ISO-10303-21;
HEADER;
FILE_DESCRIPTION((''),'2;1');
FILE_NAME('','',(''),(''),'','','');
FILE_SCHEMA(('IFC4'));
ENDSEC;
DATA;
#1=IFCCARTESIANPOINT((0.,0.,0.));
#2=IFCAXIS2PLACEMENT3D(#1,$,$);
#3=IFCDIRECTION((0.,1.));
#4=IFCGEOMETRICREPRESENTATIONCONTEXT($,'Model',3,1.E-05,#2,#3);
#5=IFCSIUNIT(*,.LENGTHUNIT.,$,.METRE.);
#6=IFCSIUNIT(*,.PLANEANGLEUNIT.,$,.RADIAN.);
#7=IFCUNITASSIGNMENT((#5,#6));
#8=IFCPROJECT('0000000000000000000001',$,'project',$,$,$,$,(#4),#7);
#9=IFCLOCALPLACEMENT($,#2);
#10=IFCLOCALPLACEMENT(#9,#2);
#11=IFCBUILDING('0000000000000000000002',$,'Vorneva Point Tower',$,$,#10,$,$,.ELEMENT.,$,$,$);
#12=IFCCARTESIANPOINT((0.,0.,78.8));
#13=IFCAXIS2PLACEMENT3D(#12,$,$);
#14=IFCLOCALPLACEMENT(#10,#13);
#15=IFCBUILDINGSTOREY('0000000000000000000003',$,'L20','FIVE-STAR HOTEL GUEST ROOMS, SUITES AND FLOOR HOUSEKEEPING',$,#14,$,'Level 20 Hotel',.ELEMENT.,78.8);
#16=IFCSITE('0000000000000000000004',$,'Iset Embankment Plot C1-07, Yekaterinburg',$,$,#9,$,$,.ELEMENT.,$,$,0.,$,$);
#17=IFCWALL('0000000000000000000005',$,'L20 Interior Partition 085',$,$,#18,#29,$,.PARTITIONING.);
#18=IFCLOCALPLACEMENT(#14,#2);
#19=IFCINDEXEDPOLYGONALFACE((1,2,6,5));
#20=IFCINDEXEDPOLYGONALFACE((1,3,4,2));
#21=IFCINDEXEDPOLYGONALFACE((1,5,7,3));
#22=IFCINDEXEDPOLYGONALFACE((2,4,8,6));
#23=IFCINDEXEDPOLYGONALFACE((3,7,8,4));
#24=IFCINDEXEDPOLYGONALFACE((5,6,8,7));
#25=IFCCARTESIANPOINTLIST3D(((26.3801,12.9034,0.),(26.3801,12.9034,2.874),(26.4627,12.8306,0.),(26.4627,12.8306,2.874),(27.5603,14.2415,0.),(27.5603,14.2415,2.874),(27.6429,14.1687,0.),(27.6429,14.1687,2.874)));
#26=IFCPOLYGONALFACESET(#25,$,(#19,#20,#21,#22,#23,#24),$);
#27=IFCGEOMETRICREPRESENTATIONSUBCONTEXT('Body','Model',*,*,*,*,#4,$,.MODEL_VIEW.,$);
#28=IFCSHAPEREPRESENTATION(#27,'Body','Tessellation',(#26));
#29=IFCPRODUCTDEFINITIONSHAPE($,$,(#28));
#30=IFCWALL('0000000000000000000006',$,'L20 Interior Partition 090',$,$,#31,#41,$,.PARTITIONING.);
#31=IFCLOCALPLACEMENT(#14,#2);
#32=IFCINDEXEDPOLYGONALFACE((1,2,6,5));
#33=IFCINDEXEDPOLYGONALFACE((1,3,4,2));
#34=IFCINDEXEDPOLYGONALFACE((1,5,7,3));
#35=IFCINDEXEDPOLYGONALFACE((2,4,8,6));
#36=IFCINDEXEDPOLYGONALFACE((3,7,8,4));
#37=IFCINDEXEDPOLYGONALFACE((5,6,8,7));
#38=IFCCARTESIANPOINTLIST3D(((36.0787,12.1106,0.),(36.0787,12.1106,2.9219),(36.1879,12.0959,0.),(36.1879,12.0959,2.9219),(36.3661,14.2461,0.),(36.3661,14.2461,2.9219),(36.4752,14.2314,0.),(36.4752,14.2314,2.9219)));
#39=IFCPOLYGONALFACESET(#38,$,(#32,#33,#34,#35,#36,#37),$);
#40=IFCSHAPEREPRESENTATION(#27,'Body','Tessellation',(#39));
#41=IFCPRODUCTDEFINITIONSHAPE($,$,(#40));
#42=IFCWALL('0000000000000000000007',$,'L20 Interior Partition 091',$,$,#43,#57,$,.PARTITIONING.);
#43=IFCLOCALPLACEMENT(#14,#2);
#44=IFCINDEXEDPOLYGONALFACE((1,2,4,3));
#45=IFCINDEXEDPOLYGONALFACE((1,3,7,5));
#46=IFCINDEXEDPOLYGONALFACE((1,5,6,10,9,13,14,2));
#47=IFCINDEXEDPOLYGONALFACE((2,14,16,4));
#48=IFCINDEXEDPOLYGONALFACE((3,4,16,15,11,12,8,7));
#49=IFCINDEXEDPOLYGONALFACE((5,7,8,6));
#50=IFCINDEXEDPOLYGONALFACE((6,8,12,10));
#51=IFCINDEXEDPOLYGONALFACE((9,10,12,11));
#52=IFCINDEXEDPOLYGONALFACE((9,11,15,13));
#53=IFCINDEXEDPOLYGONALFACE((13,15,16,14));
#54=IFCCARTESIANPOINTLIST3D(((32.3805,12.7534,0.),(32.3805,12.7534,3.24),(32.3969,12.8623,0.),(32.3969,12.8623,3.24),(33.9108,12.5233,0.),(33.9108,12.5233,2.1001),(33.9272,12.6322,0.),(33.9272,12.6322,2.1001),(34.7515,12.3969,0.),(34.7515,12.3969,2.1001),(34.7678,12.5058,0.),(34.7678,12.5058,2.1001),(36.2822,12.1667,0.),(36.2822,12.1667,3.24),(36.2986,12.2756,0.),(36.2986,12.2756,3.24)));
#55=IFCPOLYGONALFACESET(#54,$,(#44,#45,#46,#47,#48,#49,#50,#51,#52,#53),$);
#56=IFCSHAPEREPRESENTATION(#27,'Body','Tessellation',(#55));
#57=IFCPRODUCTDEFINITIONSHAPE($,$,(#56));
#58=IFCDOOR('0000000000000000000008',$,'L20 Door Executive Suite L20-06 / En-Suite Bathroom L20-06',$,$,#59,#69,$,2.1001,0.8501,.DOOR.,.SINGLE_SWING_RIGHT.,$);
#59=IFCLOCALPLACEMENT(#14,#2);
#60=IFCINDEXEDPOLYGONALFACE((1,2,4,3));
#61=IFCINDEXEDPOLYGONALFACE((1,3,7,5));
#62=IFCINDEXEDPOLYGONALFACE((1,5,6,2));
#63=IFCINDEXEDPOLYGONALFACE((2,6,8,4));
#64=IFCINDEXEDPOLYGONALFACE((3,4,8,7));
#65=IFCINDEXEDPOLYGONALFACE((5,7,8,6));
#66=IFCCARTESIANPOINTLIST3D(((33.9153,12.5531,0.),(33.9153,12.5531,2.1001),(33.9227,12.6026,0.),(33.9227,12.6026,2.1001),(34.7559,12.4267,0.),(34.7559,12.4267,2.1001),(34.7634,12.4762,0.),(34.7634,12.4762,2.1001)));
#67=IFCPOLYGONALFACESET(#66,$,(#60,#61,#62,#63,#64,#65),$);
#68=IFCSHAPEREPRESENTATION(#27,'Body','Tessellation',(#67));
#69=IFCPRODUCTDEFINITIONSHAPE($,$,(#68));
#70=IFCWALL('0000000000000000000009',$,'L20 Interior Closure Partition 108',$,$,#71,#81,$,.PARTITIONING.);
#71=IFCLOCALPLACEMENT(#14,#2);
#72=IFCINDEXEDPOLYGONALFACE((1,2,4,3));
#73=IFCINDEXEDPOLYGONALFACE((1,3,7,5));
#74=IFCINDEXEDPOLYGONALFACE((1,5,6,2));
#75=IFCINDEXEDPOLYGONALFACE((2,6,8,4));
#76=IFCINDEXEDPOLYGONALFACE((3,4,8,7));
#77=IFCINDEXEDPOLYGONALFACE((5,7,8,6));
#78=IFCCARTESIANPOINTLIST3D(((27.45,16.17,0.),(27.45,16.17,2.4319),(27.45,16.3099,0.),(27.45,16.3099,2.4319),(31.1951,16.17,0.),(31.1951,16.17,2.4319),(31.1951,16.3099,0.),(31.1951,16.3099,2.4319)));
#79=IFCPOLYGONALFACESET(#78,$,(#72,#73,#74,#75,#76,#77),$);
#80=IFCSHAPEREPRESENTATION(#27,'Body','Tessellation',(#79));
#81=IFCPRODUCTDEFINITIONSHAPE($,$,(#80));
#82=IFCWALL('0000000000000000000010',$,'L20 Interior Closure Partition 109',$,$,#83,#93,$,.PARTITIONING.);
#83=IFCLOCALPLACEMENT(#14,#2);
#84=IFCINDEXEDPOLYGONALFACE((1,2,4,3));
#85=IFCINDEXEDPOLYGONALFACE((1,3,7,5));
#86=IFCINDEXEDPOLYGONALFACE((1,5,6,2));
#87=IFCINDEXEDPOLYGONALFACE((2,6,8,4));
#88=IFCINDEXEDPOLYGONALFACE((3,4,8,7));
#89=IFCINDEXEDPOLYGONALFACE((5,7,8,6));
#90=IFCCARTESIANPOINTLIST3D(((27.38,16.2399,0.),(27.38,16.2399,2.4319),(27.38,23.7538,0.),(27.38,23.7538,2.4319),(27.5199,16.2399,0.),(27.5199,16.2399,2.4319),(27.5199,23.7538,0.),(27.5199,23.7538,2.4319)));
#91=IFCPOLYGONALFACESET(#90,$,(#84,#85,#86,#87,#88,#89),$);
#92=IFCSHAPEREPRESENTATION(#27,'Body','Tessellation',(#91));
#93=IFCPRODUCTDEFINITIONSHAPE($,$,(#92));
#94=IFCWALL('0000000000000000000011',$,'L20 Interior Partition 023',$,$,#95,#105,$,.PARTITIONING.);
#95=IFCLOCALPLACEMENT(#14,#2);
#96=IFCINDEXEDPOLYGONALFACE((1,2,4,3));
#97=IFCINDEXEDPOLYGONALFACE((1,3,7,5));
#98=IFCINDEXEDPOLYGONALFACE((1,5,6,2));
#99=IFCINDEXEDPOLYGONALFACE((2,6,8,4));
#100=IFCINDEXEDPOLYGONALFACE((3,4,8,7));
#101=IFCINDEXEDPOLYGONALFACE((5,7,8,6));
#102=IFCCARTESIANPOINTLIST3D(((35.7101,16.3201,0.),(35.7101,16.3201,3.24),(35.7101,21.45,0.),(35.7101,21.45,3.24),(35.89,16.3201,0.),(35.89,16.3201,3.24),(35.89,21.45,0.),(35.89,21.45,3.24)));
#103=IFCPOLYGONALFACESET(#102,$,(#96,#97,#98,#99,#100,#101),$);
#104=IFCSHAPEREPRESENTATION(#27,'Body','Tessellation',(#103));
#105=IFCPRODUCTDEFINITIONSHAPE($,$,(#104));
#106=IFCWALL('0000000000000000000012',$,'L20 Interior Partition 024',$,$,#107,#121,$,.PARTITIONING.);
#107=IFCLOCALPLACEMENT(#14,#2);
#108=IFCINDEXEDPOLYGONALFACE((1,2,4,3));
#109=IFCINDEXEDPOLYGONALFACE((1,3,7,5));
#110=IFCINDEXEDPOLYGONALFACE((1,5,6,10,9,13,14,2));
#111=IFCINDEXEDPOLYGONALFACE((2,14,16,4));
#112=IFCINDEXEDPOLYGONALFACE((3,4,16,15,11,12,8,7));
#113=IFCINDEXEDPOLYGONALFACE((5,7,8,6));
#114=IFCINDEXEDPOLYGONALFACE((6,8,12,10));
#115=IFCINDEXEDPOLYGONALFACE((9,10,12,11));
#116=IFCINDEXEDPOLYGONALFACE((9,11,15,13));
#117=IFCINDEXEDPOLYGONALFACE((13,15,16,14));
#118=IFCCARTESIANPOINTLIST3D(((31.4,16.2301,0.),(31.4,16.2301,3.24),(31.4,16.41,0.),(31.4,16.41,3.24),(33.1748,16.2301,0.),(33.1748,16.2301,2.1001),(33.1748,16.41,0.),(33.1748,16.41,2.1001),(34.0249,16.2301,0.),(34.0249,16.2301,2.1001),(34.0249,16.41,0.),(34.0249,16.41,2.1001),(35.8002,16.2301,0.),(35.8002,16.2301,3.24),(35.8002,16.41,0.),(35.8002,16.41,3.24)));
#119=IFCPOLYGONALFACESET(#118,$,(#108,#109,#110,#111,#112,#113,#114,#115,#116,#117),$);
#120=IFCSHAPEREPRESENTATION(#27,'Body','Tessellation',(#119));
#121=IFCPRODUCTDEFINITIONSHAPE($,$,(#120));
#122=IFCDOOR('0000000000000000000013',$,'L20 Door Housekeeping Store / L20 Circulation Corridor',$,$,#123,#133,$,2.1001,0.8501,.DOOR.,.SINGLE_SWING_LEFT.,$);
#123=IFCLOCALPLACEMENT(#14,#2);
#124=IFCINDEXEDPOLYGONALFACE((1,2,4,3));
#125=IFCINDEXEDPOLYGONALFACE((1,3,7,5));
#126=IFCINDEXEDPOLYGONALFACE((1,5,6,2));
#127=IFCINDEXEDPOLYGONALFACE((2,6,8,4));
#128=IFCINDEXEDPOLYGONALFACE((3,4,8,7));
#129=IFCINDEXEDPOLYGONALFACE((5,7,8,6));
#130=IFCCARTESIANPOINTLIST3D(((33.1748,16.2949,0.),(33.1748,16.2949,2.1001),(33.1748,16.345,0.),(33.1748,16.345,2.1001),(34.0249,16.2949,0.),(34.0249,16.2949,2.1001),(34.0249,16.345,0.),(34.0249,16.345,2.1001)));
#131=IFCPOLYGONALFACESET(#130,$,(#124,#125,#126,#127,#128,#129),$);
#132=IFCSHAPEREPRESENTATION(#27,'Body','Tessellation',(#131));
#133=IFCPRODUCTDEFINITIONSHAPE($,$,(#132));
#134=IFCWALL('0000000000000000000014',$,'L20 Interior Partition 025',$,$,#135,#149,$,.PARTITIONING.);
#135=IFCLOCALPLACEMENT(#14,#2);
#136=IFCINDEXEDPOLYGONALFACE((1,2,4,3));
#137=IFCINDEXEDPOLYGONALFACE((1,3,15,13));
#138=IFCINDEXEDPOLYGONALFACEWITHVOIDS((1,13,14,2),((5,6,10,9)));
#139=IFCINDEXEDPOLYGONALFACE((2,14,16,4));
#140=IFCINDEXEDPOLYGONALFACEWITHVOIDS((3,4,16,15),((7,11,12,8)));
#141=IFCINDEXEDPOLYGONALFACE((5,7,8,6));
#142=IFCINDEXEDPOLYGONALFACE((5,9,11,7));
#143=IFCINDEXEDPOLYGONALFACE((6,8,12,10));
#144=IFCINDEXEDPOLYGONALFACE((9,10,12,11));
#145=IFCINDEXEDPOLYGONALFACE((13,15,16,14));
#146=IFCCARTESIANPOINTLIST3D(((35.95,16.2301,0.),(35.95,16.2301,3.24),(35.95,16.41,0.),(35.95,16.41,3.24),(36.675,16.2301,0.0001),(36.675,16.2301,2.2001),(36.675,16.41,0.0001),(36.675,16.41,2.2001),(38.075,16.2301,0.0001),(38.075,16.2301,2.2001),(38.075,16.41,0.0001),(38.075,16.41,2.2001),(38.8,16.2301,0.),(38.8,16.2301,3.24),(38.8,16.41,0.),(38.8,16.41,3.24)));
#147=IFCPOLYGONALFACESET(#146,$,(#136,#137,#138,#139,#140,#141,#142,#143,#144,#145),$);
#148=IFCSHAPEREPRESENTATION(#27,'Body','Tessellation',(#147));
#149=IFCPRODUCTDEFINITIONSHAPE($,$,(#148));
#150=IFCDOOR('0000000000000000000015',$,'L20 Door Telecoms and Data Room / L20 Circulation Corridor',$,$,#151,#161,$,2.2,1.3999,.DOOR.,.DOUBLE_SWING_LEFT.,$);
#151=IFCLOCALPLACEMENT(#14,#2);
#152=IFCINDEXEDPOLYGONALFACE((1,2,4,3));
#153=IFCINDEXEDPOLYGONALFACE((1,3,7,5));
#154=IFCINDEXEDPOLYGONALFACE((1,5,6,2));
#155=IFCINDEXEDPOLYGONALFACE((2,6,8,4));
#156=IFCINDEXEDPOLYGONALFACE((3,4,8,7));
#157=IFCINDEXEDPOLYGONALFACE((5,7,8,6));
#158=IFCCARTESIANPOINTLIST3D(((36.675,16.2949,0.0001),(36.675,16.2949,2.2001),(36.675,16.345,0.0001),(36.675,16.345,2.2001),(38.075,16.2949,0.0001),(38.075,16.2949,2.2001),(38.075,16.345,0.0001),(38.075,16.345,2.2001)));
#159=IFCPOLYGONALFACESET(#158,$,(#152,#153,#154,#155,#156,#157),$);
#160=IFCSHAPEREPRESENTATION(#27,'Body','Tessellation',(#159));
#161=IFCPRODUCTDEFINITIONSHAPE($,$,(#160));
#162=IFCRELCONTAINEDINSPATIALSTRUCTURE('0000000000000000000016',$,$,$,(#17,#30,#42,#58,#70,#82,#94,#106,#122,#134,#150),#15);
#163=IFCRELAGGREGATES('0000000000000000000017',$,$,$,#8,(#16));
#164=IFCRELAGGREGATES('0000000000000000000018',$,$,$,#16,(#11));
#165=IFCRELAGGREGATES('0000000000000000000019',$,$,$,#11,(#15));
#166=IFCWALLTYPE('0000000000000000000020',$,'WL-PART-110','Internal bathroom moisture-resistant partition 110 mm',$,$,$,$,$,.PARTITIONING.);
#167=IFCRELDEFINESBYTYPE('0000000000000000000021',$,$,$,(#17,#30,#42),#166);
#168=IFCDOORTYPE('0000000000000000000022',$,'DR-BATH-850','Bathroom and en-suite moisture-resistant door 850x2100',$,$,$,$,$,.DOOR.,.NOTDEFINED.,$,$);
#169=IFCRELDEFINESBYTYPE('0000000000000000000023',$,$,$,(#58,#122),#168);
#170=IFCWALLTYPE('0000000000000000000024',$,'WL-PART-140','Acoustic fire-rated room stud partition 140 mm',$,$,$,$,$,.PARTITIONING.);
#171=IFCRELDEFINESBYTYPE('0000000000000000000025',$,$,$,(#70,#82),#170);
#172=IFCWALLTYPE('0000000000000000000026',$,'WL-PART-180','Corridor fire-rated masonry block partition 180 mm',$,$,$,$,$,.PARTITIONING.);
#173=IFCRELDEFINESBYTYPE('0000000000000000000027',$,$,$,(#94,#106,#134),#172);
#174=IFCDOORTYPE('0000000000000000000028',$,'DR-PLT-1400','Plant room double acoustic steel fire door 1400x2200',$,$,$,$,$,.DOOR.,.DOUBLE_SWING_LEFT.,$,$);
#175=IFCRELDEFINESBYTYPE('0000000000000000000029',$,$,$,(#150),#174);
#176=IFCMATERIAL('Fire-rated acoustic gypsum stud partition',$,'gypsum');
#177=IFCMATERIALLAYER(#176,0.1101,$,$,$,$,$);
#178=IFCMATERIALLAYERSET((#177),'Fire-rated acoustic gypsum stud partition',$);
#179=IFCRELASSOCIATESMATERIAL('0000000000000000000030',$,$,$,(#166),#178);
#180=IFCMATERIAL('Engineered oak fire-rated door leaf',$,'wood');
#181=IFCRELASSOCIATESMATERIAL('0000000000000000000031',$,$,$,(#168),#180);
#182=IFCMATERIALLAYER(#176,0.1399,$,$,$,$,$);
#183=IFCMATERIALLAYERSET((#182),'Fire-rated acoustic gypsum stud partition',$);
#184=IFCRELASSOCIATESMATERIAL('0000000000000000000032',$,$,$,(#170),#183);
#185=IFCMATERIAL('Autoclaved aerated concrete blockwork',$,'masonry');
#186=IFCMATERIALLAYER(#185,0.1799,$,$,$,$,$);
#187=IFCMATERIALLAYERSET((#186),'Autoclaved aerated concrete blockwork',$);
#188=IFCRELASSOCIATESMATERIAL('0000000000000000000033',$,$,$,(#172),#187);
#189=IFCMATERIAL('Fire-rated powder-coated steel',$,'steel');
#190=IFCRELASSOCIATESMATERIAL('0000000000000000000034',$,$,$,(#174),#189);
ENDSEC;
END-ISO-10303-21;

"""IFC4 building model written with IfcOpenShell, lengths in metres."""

from ifc_helpers import new_model, si_unit, direction, frame, frame_2d, origin, place, context, subcontext, project, spatial, rectangle, extrude, material, layer, layer_set, type_object, element, fill, save


model = new_model("IFC4")

# Units and contexts
model_context = context("Model", 3, precision=1e-05, world=origin(), true_north=direction((0.0, 1.0)))
body_context = subcontext(model_context, "Body", "Model", "MODEL_VIEW")
ifc_project = project(units=[si_unit("LENGTHUNIT", "METRE"), si_unit("PLANEANGLEUNIT", "RADIAN")], contexts=[model_context])

# Site, building, storey
site_placement = place(None, origin())
site = spatial("IfcSite", under=ifc_project, at=site_placement, Name="Iset Embankment Plot C1-07, Yekaterinburg", CompositionType="ELEMENT", RefElevation=0.0)
building_placement = place(site_placement, origin())
building = spatial("IfcBuilding", under=site, at=building_placement, Name="Vorneva Point Tower", CompositionType="ELEMENT")
storey_placement = place(building_placement, frame((0.0, 0.0, 78.8)))
storey = spatial("IfcBuildingStorey", under=building, at=storey_placement, Name="L20", Description="FIVE-STAR HOTEL GUEST ROOMS, SUITES AND FLOOR HOUSEKEEPING", LongName="Level 20 Hotel", CompositionType="ELEMENT", Elevation=78.8)

# Walls
ifc_material_1 = material(Name="Fire-rated acoustic gypsum stud partition", Category="gypsum")
ifc_layer_1 = layer(ifc_material_1, 0.1101)
ifc_layer_set_1 = layer_set([ifc_layer_1], Name="Fire-rated acoustic gypsum stud partition")
wall_type_1 = type_object("IfcWallType", Name="WL-PART-110", Description="Internal bathroom moisture-resistant partition 110 mm", PredefinedType="PARTITIONING", material=ifc_layer_set_1)
wall_1_placement = place(storey_placement, frame((27.6016, 14.2051, 0.0), z_axis=(0.0, 0.0, 1.0), x_axis=(-0.661454, -0.749986, 0.0)))
element("IfcWall", 1, at=wall_1_placement, inside=storey, type_object=wall_type_1, Name="L20 Interior Partition 085", PredefinedType="PARTITIONING", context=body_context, shape_type="SweptSolid", body=[
    extrude(rectangle(XDim=1.7842, YDim=0.1101, at=frame_2d((0.8921, 0.0))), origin(), (0.0, 0.0, 1.0), 2.874),
])
wall_2_placement = place(storey_placement, frame((36.4207, 14.2388, 0.0), z_axis=(0.0, 0.0, 1.0), x_axis=(-0.133359, -0.991068, 0.0)))
element("IfcWall", 2, at=wall_2_placement, inside=storey, type_object=wall_type_1, Name="L20 Interior Partition 090", PredefinedType="PARTITIONING", context=body_context, shape_type="SweptSolid", body=[
    extrude(rectangle(XDim=2.1548, YDim=0.1101, at=frame_2d((1.0774, 0.0))), origin(), (0.0, 0.0, 1.0), 2.9219),
])

# Wall, opening, door
wall_3_placement = place(storey_placement, frame((36.2903, 12.2212, 0.0), z_axis=(0.0, 0.0, 1.0), x_axis=(-0.988883, 0.148694, 0.0)))
wall_3 = element("IfcWall", 3, at=wall_3_placement, inside=storey, type_object=wall_type_1, Name="L20 Interior Partition 091", PredefinedType="PARTITIONING", context=body_context, shape_type="SweptSolid", body=[
    extrude(rectangle(XDim=3.9456, YDim=0.1101, at=frame_2d((1.9727, 0.0))), origin(), (0.0, 0.0, 1.0), 3.24),
])
opening_1_placement = place(wall_3_placement, frame((1.5479, 0.0, 0.0)))
opening_1 = element("IfcOpeningElement", 4, at=opening_1_placement, cuts=wall_3, PredefinedType="OPENING", context=body_context, shape_type="SweptSolid", body=[
    extrude(rectangle(XDim=0.8501, YDim=2.1001, at=frame_2d((0.425, 1.05))), frame((0.0, 0.0698, 0.0), z_axis=(0.0, -1.0, 0.0), x_axis=(1.0, 0.0, 0.0)), (0.0, 0.0, 1.0), 0.1399),
])
ifc_material_2 = material(Name="Engineered oak fire-rated door leaf", Category="wood")
door_type_1 = type_object("IfcDoorType", Name="DR-BATH-850", Description="Bathroom and en-suite moisture-resistant door 850x2100", OperationType="NOTDEFINED", PredefinedType="DOOR", material=ifc_material_2)
door_1_placement = place(opening_1_placement, origin())
door_1 = element("IfcDoor", 5, at=door_1_placement, inside=storey, type_object=door_type_1, Name="L20 Door Executive Suite L20-06 / En-Suite Bathroom L20-06", OperationType="SINGLE_SWING_RIGHT", OverallHeight=2.1001, OverallWidth=0.8501, PredefinedType="DOOR", context=body_context, shape_type="SweptSolid", body=[
    extrude(rectangle(XDim=0.8501, YDim=2.1001, at=frame_2d((0.425, 1.05))), frame((0.0, 0.0249, 0.0), z_axis=(0.0, -1.0, 0.0), x_axis=(1.0, 0.0, 0.0)), (0.0, 0.0, 1.0), 0.05),
])
fill(opening_1, door_1)

# Walls
ifc_layer_2 = layer(ifc_material_1, 0.1399)
ifc_layer_set_2 = layer_set([ifc_layer_2], Name="Fire-rated acoustic gypsum stud partition")
wall_type_2 = type_object("IfcWallType", Name="WL-PART-140", Description="Acoustic fire-rated room stud partition 140 mm", PredefinedType="PARTITIONING", material=ifc_layer_set_2)
wall_4_placement = place(storey_placement, frame((31.1951, 16.24, 0.0), z_axis=(0.0, 0.0, 1.0), x_axis=(-1.0, 0.0, 0.0)))
element("IfcWall", 6, at=wall_4_placement, inside=storey, type_object=wall_type_2, Name="L20 Interior Closure Partition 108", PredefinedType="PARTITIONING", context=body_context, shape_type="SweptSolid", body=[
    extrude(rectangle(XDim=3.7451, YDim=0.1399, at=frame_2d((1.8726, 0.0))), origin(), (0.0, 0.0, 1.0), 2.4319),
])
wall_5_placement = place(storey_placement, frame((27.45, 16.24, 0.0), z_axis=(0.0, 0.0, 1.0), x_axis=(0.0, 1.0, 0.0)))
element("IfcWall", 7, at=wall_5_placement, inside=storey, type_object=wall_type_2, Name="L20 Interior Closure Partition 109", PredefinedType="PARTITIONING", context=body_context, shape_type="SweptSolid", body=[
    extrude(rectangle(XDim=7.5139, YDim=0.1399, at=frame_2d((3.7568, 0.0))), origin(), (0.0, 0.0, 1.0), 2.4319),
])
ifc_material_3 = material(Name="Autoclaved aerated concrete blockwork", Category="masonry")
ifc_layer_3 = layer(ifc_material_3, 0.1799)
ifc_layer_set_3 = layer_set([ifc_layer_3], Name="Autoclaved aerated concrete blockwork")
wall_type_3 = type_object("IfcWallType", Name="WL-PART-180", Description="Corridor fire-rated masonry block partition 180 mm", PredefinedType="PARTITIONING", material=ifc_layer_set_3)
wall_6_placement = place(storey_placement, frame((35.8, 16.3201, 0.0), z_axis=(0.0, 0.0, 1.0), x_axis=(0.0, 1.0, 0.0)))
element("IfcWall", 8, at=wall_6_placement, inside=storey, type_object=wall_type_3, Name="L20 Interior Partition 023", PredefinedType="PARTITIONING", context=body_context, shape_type="SweptSolid", body=[
    extrude(rectangle(XDim=5.1299, YDim=0.1799, at=frame_2d((2.5649, 0.0))), origin(), (0.0, 0.0, 1.0), 3.24),
])

# Walls, openings, doors
wall_7_placement = place(storey_placement, frame((31.3999, 16.3201, 0.0), z_axis=(0.0, 0.0, 1.0), x_axis=(1.0, 0.0, 0.0)))
wall_7 = element("IfcWall", 9, at=wall_7_placement, inside=storey, type_object=wall_type_3, Name="L20 Interior Partition 024", PredefinedType="PARTITIONING", context=body_context, shape_type="SweptSolid", body=[
    extrude(rectangle(XDim=4.4001, YDim=0.1799, at=frame_2d((2.2002, 0.0))), origin(), (0.0, 0.0, 1.0), 3.24),
])
opening_2_placement = place(wall_7_placement, frame((1.7749, 0.0, 0.0)))
opening_2 = element("IfcOpeningElement", 10, at=opening_2_placement, cuts=wall_7, PredefinedType="OPENING", context=body_context, shape_type="SweptSolid", body=[
    extrude(rectangle(XDim=0.8501, YDim=2.1001, at=frame_2d((0.425, 1.05))), frame((0.0, 0.105, 0.0), z_axis=(0.0, -1.0, 0.0), x_axis=(1.0, 0.0, 0.0)), (0.0, 0.0, 1.0), 0.2097),
])
door_2_placement = place(opening_2_placement, origin())
door_2 = element("IfcDoor", 11, at=door_2_placement, inside=storey, type_object=door_type_1, Name="L20 Door Housekeeping Store / L20 Circulation Corridor", OperationType="SINGLE_SWING_LEFT", OverallHeight=2.1001, OverallWidth=0.8501, PredefinedType="DOOR", context=body_context, shape_type="SweptSolid", body=[
    extrude(rectangle(XDim=0.8501, YDim=2.1001, at=frame_2d((0.425, 1.05))), frame((0.0, 0.0249, 0.0), z_axis=(0.0, -1.0, 0.0), x_axis=(1.0, 0.0, 0.0)), (0.0, 0.0, 1.0), 0.05),
])
fill(opening_2, door_2)
wall_8_placement = place(storey_placement, frame((35.95, 16.3201, 0.0), z_axis=(0.0, 0.0, 1.0), x_axis=(1.0, 0.0, 0.0)))
wall_8 = element("IfcWall", 12, at=wall_8_placement, inside=storey, type_object=wall_type_3, Name="L20 Interior Partition 025", PredefinedType="PARTITIONING", context=body_context, shape_type="SweptSolid", body=[
    extrude(rectangle(XDim=2.8501, YDim=0.1799, at=frame_2d((1.425, 0.0))), origin(), (0.0, 0.0, 1.0), 3.24),
])
opening_3_placement = place(wall_8_placement, frame((0.7251, 0.0, 0.0)))
opening_3 = element("IfcOpeningElement", 13, at=opening_3_placement, cuts=wall_8, PredefinedType="OPENING", context=body_context, shape_type="SweptSolid", body=[
    extrude(rectangle(XDim=1.3999, YDim=2.2, at=frame_2d((0.7, 1.1001))), frame((0.0, 0.105, 0.0), z_axis=(0.0, -1.0, 0.0), x_axis=(1.0, 0.0, 0.0)), (0.0, 0.0, 1.0), 0.2097),
])
ifc_material_4 = material(Name="Fire-rated powder-coated steel", Category="steel")
door_type_2 = type_object("IfcDoorType", Name="DR-PLT-1400", Description="Plant room double acoustic steel fire door 1400x2200", OperationType="DOUBLE_SWING_LEFT", PredefinedType="DOOR", material=ifc_material_4)
door_3_placement = place(opening_3_placement, origin())
door_3 = element("IfcDoor", 14, at=door_3_placement, inside=storey, type_object=door_type_2, Name="L20 Door Telecoms and Data Room / L20 Circulation Corridor", OperationType="DOUBLE_SWING_LEFT", OverallHeight=2.2, OverallWidth=1.3999, PredefinedType="DOOR", context=body_context, shape_type="SweptSolid", body=[
    extrude(rectangle(XDim=1.3999, YDim=2.2, at=frame_2d((0.7, 1.1001))), frame((0.0, 0.0249, 0.0), z_axis=(0.0, -1.0, 0.0), x_axis=(1.0, 0.0, 0.0)), (0.0, 0.0, 1.0), 0.05),
])
fill(opening_3, door_3)

save(model, "model.ifc")
